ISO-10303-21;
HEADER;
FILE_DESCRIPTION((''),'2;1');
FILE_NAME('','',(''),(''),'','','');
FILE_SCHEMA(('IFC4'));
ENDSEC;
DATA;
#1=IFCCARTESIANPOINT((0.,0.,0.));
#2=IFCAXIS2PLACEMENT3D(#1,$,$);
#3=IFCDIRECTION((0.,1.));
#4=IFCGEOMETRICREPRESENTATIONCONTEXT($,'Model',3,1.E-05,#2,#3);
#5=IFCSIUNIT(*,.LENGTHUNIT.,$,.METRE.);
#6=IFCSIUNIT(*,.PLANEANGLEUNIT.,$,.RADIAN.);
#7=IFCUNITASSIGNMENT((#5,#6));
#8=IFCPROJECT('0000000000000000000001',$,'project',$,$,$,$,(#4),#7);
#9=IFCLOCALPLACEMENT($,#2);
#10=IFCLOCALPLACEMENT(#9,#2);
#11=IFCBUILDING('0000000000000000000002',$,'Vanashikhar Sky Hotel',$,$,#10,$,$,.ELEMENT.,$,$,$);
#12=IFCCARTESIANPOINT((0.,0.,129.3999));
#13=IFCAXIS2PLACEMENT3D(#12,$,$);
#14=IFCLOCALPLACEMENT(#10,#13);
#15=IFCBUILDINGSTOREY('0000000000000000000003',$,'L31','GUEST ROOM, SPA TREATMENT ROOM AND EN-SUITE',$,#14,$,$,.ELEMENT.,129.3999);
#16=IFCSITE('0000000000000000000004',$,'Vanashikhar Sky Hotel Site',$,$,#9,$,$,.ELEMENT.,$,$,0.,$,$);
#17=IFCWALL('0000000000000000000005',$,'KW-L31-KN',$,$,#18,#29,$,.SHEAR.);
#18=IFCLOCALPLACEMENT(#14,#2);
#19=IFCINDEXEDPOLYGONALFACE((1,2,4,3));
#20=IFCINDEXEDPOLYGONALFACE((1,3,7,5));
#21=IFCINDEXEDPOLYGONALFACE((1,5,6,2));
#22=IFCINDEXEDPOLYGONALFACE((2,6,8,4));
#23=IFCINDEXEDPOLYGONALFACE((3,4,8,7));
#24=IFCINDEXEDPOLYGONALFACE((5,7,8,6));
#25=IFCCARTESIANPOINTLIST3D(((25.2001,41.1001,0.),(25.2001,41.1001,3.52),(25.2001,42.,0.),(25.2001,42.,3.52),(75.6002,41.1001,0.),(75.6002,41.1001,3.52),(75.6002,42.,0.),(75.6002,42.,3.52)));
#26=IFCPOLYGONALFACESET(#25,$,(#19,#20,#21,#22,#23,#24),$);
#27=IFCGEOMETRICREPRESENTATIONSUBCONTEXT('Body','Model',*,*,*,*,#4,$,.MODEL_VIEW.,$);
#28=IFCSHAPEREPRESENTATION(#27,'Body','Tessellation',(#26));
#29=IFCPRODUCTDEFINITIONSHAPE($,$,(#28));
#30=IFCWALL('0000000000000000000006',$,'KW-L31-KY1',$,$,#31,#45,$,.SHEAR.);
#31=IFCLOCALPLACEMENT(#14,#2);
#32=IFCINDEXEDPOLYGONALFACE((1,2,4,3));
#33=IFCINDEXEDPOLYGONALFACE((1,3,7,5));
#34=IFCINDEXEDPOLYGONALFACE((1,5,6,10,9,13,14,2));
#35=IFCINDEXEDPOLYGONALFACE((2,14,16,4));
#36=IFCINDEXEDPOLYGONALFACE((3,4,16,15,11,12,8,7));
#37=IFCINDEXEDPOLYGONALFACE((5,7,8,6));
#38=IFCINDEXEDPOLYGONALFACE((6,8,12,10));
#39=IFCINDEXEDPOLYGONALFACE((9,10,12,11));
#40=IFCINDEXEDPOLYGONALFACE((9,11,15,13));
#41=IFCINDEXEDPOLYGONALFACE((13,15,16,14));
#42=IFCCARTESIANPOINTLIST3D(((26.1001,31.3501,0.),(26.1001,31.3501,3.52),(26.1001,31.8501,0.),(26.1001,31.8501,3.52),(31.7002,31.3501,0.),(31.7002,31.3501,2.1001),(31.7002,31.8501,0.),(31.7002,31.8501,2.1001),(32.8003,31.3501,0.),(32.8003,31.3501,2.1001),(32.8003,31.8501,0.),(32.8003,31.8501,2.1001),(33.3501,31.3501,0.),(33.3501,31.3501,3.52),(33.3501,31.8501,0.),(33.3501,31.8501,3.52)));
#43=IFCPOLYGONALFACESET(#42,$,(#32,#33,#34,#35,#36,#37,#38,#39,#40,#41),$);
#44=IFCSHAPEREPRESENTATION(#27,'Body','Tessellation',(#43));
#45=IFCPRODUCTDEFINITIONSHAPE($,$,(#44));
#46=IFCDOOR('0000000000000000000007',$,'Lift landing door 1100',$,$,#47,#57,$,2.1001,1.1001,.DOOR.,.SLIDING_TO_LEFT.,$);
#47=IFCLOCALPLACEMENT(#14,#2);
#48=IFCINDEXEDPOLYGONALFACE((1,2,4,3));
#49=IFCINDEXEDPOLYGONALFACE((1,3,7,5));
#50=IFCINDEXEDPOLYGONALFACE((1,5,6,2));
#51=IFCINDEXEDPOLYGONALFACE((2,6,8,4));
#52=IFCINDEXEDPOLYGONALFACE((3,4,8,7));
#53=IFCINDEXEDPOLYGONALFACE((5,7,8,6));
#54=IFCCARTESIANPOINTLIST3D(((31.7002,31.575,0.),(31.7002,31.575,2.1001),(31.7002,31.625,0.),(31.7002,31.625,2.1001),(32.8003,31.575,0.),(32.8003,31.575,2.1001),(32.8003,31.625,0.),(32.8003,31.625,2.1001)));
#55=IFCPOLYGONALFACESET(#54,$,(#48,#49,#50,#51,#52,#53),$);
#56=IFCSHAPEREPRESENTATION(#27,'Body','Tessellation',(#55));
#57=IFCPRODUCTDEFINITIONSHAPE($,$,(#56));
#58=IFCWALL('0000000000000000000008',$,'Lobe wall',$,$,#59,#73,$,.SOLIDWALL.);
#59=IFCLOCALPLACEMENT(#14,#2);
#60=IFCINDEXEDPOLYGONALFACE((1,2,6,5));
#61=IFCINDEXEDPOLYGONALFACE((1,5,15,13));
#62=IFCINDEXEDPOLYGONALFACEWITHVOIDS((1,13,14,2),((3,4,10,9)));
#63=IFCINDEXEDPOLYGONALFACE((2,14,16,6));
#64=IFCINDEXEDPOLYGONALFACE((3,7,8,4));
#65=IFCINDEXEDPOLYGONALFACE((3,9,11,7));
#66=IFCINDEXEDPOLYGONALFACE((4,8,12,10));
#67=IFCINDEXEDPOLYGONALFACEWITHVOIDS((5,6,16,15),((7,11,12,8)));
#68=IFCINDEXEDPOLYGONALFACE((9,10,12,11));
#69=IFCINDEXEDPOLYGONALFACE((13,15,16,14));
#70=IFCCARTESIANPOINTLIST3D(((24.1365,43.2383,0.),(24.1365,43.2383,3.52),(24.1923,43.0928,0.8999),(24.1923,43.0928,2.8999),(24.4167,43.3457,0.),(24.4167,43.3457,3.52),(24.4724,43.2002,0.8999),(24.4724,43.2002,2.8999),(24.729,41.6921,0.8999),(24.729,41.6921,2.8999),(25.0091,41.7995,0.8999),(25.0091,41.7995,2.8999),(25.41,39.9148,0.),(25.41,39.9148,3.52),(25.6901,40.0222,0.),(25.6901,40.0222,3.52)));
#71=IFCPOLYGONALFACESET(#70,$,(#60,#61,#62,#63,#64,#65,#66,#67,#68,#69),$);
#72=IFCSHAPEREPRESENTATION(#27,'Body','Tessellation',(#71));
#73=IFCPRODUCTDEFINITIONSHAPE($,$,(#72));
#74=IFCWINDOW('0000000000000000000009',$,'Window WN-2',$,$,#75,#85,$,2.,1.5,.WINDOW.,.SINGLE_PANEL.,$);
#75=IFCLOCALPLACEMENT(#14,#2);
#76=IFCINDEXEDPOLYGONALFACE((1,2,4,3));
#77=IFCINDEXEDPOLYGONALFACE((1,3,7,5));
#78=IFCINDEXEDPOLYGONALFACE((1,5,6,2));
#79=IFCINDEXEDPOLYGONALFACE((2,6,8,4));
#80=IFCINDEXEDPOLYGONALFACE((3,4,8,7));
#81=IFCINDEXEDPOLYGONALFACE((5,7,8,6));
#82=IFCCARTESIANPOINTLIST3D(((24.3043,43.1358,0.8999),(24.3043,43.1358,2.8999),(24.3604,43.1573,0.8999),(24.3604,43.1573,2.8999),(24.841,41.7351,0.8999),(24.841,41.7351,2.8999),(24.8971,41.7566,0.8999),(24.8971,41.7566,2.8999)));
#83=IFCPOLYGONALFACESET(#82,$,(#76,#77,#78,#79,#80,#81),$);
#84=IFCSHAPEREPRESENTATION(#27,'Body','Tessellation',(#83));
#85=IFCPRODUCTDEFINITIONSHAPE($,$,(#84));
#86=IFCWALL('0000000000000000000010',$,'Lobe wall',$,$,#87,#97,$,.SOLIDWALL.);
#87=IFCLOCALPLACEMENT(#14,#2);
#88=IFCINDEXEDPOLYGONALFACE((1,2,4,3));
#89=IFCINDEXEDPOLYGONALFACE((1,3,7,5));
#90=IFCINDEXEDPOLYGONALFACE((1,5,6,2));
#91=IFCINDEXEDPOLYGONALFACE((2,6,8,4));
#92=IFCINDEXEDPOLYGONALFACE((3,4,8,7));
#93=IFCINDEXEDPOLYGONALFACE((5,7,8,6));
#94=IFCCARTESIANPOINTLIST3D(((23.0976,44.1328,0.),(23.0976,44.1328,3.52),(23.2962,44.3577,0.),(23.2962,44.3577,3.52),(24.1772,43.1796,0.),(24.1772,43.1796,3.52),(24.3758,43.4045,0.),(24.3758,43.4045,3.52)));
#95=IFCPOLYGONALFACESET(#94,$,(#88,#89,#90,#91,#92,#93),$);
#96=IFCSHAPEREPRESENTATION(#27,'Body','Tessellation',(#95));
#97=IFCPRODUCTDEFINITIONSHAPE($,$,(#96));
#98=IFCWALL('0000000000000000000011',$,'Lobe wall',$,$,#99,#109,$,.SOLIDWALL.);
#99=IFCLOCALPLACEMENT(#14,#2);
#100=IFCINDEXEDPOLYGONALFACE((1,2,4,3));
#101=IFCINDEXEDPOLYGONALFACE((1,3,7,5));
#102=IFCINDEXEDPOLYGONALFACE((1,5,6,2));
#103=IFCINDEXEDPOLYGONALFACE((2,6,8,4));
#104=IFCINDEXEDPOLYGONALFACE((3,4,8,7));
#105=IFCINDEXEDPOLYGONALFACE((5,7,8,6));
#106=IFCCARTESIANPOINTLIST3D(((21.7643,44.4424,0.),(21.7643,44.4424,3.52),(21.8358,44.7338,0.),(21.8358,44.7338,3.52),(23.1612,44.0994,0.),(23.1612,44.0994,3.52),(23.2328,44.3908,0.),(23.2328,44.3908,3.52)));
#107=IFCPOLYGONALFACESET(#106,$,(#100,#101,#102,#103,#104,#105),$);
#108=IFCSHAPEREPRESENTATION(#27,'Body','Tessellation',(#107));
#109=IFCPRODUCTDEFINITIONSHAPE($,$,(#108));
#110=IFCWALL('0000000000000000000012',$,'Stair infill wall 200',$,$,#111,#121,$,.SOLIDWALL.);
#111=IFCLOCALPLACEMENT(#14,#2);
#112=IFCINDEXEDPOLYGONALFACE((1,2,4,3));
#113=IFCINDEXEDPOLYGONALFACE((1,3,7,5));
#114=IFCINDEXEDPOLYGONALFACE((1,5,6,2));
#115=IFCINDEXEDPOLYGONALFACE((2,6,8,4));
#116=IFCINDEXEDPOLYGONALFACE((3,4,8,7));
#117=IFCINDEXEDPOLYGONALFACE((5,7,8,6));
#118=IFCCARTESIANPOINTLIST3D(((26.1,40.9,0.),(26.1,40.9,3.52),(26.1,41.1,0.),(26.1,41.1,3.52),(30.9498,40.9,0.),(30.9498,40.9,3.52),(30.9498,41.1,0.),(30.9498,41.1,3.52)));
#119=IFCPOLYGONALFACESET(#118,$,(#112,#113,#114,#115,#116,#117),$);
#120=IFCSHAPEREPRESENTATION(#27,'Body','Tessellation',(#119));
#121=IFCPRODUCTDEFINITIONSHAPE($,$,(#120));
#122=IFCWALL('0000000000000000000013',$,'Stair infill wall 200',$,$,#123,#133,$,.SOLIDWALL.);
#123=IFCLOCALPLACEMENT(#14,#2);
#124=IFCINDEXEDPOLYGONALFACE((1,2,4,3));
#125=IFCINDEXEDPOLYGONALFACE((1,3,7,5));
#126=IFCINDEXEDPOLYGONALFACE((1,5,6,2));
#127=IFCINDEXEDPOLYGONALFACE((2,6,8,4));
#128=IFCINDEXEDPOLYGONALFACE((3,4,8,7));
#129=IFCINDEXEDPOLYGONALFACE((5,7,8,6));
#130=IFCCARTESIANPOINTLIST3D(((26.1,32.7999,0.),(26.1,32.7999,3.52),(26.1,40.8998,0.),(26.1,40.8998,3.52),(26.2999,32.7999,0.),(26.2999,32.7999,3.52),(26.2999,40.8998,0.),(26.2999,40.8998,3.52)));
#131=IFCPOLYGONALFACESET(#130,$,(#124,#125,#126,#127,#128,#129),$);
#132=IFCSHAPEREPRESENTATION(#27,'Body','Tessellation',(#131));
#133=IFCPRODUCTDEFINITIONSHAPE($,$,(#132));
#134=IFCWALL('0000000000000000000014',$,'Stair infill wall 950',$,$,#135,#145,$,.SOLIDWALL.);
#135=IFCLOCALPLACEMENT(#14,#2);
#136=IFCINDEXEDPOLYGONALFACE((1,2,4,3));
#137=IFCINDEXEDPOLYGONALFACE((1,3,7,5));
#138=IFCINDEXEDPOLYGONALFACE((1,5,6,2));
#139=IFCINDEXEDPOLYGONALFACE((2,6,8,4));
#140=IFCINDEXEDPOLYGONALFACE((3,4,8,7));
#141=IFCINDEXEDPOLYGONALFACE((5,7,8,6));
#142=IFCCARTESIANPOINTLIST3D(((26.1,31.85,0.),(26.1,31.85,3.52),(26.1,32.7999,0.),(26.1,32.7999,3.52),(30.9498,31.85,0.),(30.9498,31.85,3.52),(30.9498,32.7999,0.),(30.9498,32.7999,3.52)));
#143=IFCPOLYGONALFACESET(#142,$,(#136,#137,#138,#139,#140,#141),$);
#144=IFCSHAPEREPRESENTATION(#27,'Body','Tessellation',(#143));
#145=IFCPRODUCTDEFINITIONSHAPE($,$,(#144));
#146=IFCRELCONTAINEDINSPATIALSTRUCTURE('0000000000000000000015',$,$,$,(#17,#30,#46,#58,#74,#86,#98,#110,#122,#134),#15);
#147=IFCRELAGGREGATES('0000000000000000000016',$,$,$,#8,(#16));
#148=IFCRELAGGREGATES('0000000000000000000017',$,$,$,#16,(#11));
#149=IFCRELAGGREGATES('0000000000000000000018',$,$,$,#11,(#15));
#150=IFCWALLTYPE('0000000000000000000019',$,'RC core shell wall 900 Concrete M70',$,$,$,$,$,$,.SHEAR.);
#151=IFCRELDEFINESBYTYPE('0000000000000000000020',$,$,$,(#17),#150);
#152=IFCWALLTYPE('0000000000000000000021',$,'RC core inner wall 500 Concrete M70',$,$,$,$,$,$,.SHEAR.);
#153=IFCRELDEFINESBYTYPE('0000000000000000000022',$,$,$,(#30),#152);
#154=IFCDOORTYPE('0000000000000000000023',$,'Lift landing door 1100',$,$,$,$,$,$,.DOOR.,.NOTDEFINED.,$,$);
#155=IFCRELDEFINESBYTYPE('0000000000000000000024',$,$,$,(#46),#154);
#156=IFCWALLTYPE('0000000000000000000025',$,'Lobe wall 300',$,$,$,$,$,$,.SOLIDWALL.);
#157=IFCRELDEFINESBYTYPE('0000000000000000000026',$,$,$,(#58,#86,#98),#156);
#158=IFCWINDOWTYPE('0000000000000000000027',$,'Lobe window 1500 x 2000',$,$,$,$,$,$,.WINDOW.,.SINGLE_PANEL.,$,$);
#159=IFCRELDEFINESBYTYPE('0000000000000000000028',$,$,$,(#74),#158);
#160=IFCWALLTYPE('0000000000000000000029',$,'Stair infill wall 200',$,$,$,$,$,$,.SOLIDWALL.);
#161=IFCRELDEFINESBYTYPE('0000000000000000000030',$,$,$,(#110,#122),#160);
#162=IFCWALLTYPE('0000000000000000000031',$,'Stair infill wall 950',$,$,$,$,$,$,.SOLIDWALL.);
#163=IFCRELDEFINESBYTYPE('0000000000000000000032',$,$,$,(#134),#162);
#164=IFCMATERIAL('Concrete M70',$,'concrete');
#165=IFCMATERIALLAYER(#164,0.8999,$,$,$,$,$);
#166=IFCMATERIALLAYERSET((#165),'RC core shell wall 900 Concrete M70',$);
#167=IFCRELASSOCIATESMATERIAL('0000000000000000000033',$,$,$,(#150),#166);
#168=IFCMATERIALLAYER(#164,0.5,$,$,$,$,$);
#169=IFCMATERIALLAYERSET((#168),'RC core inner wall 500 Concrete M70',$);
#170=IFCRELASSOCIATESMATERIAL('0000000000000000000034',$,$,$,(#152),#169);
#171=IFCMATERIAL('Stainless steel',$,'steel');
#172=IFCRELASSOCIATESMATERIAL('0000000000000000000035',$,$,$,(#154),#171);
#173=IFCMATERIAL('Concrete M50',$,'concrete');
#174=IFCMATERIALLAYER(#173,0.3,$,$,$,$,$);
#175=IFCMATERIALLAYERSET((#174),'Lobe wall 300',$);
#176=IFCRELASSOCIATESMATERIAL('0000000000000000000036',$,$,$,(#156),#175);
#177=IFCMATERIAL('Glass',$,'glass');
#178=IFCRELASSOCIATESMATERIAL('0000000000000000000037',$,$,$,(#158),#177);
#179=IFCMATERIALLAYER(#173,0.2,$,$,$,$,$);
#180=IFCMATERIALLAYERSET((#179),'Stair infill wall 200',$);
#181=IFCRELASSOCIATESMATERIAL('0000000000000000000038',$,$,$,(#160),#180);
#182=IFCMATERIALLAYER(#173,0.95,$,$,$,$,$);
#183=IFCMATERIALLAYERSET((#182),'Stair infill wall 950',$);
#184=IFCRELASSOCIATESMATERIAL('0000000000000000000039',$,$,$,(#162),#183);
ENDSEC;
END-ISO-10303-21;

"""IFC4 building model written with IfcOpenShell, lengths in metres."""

from ifc_helpers import new_model, si_unit, direction, frame, frame_2d, origin, place, context, subcontext, project, spatial, rectangle, extrude, source, transform, mapped, material, layer, layer_set, type_object, element, fill, save


model = new_model("IFC4")

# Units and contexts
model_context = context("Model", 3, precision=1e-05, world=origin(), true_north=direction((0.0, 1.0)))
body_context = subcontext(model_context, "Body", "Model", "MODEL_VIEW")
ifc_project = project(units=[si_unit("LENGTHUNIT", "METRE"), si_unit("PLANEANGLEUNIT", "RADIAN")], contexts=[model_context])

# Site, building, storey
site_placement = place(None, origin())
site = spatial("IfcSite", under=ifc_project, at=site_placement, Name="Vanashikhar Sky Hotel Site", CompositionType="ELEMENT", RefElevation=0.0)
building_placement = place(site_placement, origin())
building = spatial("IfcBuilding", under=site, at=building_placement, Name="Vanashikhar Sky Hotel", CompositionType="ELEMENT")
storey_placement = place(building_placement, frame((0.0, 0.0, 129.3999)))
storey = spatial("IfcBuildingStorey", under=building, at=storey_placement, Name="L31", Description="GUEST ROOM, SPA TREATMENT ROOM AND EN-SUITE", CompositionType="ELEMENT", Elevation=129.3999)

# Wall
ifc_material_1 = material(Name="Concrete M70", Category="concrete")
ifc_layer_1 = layer(ifc_material_1, 0.8999)
ifc_layer_set_1 = layer_set([ifc_layer_1], Name="RC core shell wall 900 Concrete M70")
wall_type_1 = type_object("IfcWallType", Name="RC core shell wall 900 Concrete M70", PredefinedType="SHEAR", material=ifc_layer_set_1)
shared_shape_1 = source(origin(), body_context, "Body", "SweptSolid", [
    extrude(rectangle(XDim=50.4001, YDim=0.8999, at=frame_2d((25.2002, 0.0))), origin(), (0.0, 0.0, 1.0), 3.52),
])
wall_1_placement = place(storey_placement, frame((25.2, 41.55, 0.0), z_axis=(0.0, 0.0, 1.0), x_axis=(1.0, 0.0, 0.0)))
element("IfcWall", 1, at=wall_1_placement, inside=storey, type_object=wall_type_1, Name="KW-L31-KN", PredefinedType="SHEAR", context=body_context, shape_type="MappedRepresentation", body=[
    mapped(shared_shape_1, transform((0.0, 0.0, 0.0), scale=1.0)),
])

# Wall, opening, door
ifc_layer_2 = layer(ifc_material_1, 0.5)
ifc_layer_set_2 = layer_set([ifc_layer_2], Name="RC core inner wall 500 Concrete M70")
wall_type_2 = type_object("IfcWallType", Name="RC core inner wall 500 Concrete M70", PredefinedType="SHEAR", material=ifc_layer_set_2)
shared_shape_2 = source(origin(), body_context, "Body", "SweptSolid", [
    extrude(rectangle(XDim=7.25, YDim=0.5, at=frame_2d((3.625, 0.0))), origin(), (0.0, 0.0, 1.0), 3.52),
])
wall_2_placement = place(storey_placement, frame((26.1001, 31.6001, 0.0), z_axis=(0.0, 0.0, 1.0), x_axis=(1.0, 0.0, 0.0)))
wall_2 = element("IfcWall", 2, at=wall_2_placement, inside=storey, type_object=wall_type_2, Name="KW-L31-KY1", PredefinedType="SHEAR", context=body_context, shape_type="MappedRepresentation", body=[
    mapped(shared_shape_2, transform((0.0, 0.0, 0.0), scale=1.0)),
])
shared_shape_3 = source(origin(), body_context, "Body", "SweptSolid", [
    extrude(rectangle(XDim=1.1001, YDim=2.1001, at=frame_2d((0.55, 1.05))), frame((0.0, 0.26, 0.0), z_axis=(0.0, -1.0, 0.0), x_axis=(1.0, 0.0, 0.0)), (0.0, 0.0, 1.0), 0.52),
])
opening_1_placement = place(wall_2_placement, frame((5.6001, 0.0, 0.0)))
opening_1 = element("IfcOpeningElement", 3, at=opening_1_placement, cuts=wall_2, PredefinedType="OPENING", context=body_context, shape_type="MappedRepresentation", body=[
    mapped(shared_shape_3, transform((0.0, 0.0, 0.0), scale=1.0)),
])
ifc_material_2 = material(Name="Stainless steel", Category="steel")
door_type = type_object("IfcDoorType", Name="Lift landing door 1100", OperationType="NOTDEFINED", PredefinedType="DOOR", material=ifc_material_2)
shared_shape_4 = source(origin(), body_context, "Body", "SweptSolid", [
    extrude(rectangle(XDim=1.1001, YDim=2.1001, at=frame_2d((0.55, 1.05))), frame((0.0, 0.0249, 0.0), z_axis=(0.0, -1.0, 0.0), x_axis=(1.0, 0.0, 0.0)), (0.0, 0.0, 1.0), 0.05),
])
door_placement = place(opening_1_placement, origin())
door = element("IfcDoor", 4, at=door_placement, inside=storey, type_object=door_type, Name="Lift landing door 1100", OperationType="SLIDING_TO_LEFT", OverallHeight=2.1001, OverallWidth=1.1001, PredefinedType="DOOR", context=body_context, shape_type="MappedRepresentation", body=[
    mapped(shared_shape_4, transform((0.0, 0.0, 0.0), scale=1.0)),
])
fill(opening_1, door)

# Wall, opening, window
ifc_material_3 = material(Name="Concrete M50", Category="concrete")
ifc_layer_3 = layer(ifc_material_3, 0.3)
ifc_layer_set_3 = layer_set([ifc_layer_3], Name="Lobe wall 300")
wall_type_3 = type_object("IfcWallType", Name="Lobe wall 300", PredefinedType="SOLIDWALL", material=ifc_layer_set_3)
shared_shape_5 = source(origin(), body_context, "Body", "SweptSolid", [
    extrude(rectangle(XDim=3.5591, YDim=0.3, at=frame_2d((1.7795, 0.0))), origin(), (0.0, 0.0, 1.0), 3.52),
])
wall_3_placement = place(storey_placement, frame((25.55, 39.9685, 0.0), z_axis=(0.0, 0.0, 1.0), x_axis=(-0.357797, 0.933799, 0.0)))
wall_3 = element("IfcWall", 5, at=wall_3_placement, inside=storey, type_object=wall_type_3, Name="Lobe wall", PredefinedType="SOLIDWALL", context=body_context, shape_type="MappedRepresentation", body=[
    mapped(shared_shape_5, transform((0.0, 0.0, 0.0), scale=1.0)),
])
shared_shape_6 = source(origin(), body_context, "Body", "SweptSolid", [
    extrude(rectangle(XDim=1.5, YDim=2.0, at=frame_2d((0.75, 1.0))), frame((0.0, 0.1602, 0.0), z_axis=(0.0, -1.0, 0.0), x_axis=(1.0, 0.0, 0.0)), (0.0, 0.0, 1.0), 0.3201),
])
opening_2_placement = place(wall_3_placement, frame((1.9033, 0.0, 0.8999)))
opening_2 = element("IfcOpeningElement", 6, at=opening_2_placement, cuts=wall_3, PredefinedType="OPENING", context=body_context, shape_type="MappedRepresentation", body=[
    mapped(shared_shape_6, transform((0.0, 0.0, 0.0), scale=1.0)),
])
ifc_material_4 = material(Name="Glass", Category="glass")
window_type = type_object("IfcWindowType", Name="Lobe window 1500 x 2000", PartitioningType="SINGLE_PANEL", PredefinedType="WINDOW", material=ifc_material_4)
shared_shape_7 = source(origin(), body_context, "Body", "SweptSolid", [
    extrude(rectangle(XDim=1.5, YDim=2.0, at=frame_2d((0.75, 1.0))), frame((0.0, 0.03, 0.0), z_axis=(0.0, -1.0, 0.0), x_axis=(1.0, 0.0, 0.0)), (0.0, 0.0, 1.0), 0.0601),
])
window_placement = place(opening_2_placement, origin())
window = element("IfcWindow", 7, at=window_placement, inside=storey, type_object=window_type, Name="Window WN-2", OverallHeight=2.0, OverallWidth=1.5, PartitioningType="SINGLE_PANEL", PredefinedType="WINDOW", context=body_context, shape_type="MappedRepresentation", body=[
    mapped(shared_shape_7, transform((0.0, 0.0, 0.0), scale=1.0)),
])
fill(opening_2, window)

# Walls
shared_shape_8 = source(origin(), body_context, "Body", "SweptSolid", [
    extrude(rectangle(XDim=1.4402, YDim=0.3, at=frame_2d((0.7202, 0.0))), origin(), (0.0, 0.0, 1.0), 3.52),
])
wall_4_placement = place(storey_placement, frame((24.2766, 43.292, 0.0), z_axis=(0.0, 0.0, 1.0), x_axis=(-0.74965, 0.661835, 0.0)))
element("IfcWall", 8, at=wall_4_placement, inside=storey, type_object=wall_type_3, Name="Lobe wall", PredefinedType="SOLIDWALL", context=body_context, shape_type="MappedRepresentation", body=[
    mapped(shared_shape_8, transform((0.0, 0.0, 0.0), scale=1.0)),
])
shared_shape_9 = source(origin(), body_context, "Body", "SweptSolid", [
    extrude(rectangle(XDim=1.4385, YDim=0.3, at=frame_2d((0.7192, 0.0))), origin(), (0.0, 0.0, 1.0), 3.52),
])
wall_5_placement = place(storey_placement, frame((23.197, 44.2451, 0.0), z_axis=(0.0, 0.0, 1.0), x_axis=(-0.971152, 0.23846, 0.0)))
element("IfcWall", 9, at=wall_5_placement, inside=storey, type_object=wall_type_3, Name="Lobe wall", PredefinedType="SOLIDWALL", context=body_context, shape_type="MappedRepresentation", body=[
    mapped(shared_shape_9, transform((0.0, 0.0, 0.0), scale=1.0)),
])
ifc_layer_4 = layer(ifc_material_3, 0.2)
ifc_layer_set_4 = layer_set([ifc_layer_4], Name="Stair infill wall 200")
wall_type_4 = type_object("IfcWallType", Name="Stair infill wall 200", PredefinedType="SOLIDWALL", material=ifc_layer_set_4)
shared_shape_10 = source(origin(), body_context, "Body", "SweptSolid", [
    extrude(rectangle(XDim=4.8499, YDim=0.2, at=frame_2d((2.4248, 0.0))), origin(), (0.0, 0.0, 1.0), 3.52),
])
wall_6_placement = place(storey_placement, frame((26.1001, 41.0, 0.0), z_axis=(0.0, 0.0, 1.0), x_axis=(1.0, 0.0, 0.0)))
element("IfcWall", 10, at=wall_6_placement, inside=storey, type_object=wall_type_4, Name="Stair infill wall 200", PredefinedType="SOLIDWALL", context=body_context, shape_type="MappedRepresentation", body=[
    mapped(shared_shape_10, transform((0.0, 0.0, 0.0), scale=1.0)),
])
shared_shape_11 = source(origin(), body_context, "Body", "SweptSolid", [
    extrude(rectangle(XDim=8.0999, YDim=0.2, at=frame_2d((4.0498, 0.0))), origin(), (0.0, 0.0, 1.0), 3.52),
])
wall_7_placement = place(storey_placement, frame((26.2, 32.8, 0.0), z_axis=(0.0, 0.0, 1.0), x_axis=(0.0, 1.0, 0.0)))
element("IfcWall", 11, at=wall_7_placement, inside=storey, type_object=wall_type_4, Name="Stair infill wall 200", PredefinedType="SOLIDWALL", context=body_context, shape_type="MappedRepresentation", body=[
    mapped(shared_shape_11, transform((0.0, 0.0, 0.0), scale=1.0)),
])
ifc_layer_5 = layer(ifc_material_3, 0.95)
ifc_layer_set_5 = layer_set([ifc_layer_5], Name="Stair infill wall 950")
wall_type_5 = type_object("IfcWallType", Name="Stair infill wall 950", PredefinedType="SOLIDWALL", material=ifc_layer_set_5)
shared_shape_12 = source(origin(), body_context, "Body", "SweptSolid", [
    extrude(rectangle(XDim=4.8499, YDim=0.95, at=frame_2d((2.4248, 0.0))), origin(), (0.0, 0.0, 1.0), 3.52),
])
wall_8_placement = place(storey_placement, frame((26.1001, 32.325, 0.0), z_axis=(0.0, 0.0, 1.0), x_axis=(1.0, 0.0, 0.0)))
element("IfcWall", 12, at=wall_8_placement, inside=storey, type_object=wall_type_5, Name="Stair infill wall 950", PredefinedType="SOLIDWALL", context=body_context, shape_type="MappedRepresentation", body=[
    mapped(shared_shape_12, transform((0.0, 0.0, 0.0), scale=1.0)),
])

save(model, "model.ifc")
